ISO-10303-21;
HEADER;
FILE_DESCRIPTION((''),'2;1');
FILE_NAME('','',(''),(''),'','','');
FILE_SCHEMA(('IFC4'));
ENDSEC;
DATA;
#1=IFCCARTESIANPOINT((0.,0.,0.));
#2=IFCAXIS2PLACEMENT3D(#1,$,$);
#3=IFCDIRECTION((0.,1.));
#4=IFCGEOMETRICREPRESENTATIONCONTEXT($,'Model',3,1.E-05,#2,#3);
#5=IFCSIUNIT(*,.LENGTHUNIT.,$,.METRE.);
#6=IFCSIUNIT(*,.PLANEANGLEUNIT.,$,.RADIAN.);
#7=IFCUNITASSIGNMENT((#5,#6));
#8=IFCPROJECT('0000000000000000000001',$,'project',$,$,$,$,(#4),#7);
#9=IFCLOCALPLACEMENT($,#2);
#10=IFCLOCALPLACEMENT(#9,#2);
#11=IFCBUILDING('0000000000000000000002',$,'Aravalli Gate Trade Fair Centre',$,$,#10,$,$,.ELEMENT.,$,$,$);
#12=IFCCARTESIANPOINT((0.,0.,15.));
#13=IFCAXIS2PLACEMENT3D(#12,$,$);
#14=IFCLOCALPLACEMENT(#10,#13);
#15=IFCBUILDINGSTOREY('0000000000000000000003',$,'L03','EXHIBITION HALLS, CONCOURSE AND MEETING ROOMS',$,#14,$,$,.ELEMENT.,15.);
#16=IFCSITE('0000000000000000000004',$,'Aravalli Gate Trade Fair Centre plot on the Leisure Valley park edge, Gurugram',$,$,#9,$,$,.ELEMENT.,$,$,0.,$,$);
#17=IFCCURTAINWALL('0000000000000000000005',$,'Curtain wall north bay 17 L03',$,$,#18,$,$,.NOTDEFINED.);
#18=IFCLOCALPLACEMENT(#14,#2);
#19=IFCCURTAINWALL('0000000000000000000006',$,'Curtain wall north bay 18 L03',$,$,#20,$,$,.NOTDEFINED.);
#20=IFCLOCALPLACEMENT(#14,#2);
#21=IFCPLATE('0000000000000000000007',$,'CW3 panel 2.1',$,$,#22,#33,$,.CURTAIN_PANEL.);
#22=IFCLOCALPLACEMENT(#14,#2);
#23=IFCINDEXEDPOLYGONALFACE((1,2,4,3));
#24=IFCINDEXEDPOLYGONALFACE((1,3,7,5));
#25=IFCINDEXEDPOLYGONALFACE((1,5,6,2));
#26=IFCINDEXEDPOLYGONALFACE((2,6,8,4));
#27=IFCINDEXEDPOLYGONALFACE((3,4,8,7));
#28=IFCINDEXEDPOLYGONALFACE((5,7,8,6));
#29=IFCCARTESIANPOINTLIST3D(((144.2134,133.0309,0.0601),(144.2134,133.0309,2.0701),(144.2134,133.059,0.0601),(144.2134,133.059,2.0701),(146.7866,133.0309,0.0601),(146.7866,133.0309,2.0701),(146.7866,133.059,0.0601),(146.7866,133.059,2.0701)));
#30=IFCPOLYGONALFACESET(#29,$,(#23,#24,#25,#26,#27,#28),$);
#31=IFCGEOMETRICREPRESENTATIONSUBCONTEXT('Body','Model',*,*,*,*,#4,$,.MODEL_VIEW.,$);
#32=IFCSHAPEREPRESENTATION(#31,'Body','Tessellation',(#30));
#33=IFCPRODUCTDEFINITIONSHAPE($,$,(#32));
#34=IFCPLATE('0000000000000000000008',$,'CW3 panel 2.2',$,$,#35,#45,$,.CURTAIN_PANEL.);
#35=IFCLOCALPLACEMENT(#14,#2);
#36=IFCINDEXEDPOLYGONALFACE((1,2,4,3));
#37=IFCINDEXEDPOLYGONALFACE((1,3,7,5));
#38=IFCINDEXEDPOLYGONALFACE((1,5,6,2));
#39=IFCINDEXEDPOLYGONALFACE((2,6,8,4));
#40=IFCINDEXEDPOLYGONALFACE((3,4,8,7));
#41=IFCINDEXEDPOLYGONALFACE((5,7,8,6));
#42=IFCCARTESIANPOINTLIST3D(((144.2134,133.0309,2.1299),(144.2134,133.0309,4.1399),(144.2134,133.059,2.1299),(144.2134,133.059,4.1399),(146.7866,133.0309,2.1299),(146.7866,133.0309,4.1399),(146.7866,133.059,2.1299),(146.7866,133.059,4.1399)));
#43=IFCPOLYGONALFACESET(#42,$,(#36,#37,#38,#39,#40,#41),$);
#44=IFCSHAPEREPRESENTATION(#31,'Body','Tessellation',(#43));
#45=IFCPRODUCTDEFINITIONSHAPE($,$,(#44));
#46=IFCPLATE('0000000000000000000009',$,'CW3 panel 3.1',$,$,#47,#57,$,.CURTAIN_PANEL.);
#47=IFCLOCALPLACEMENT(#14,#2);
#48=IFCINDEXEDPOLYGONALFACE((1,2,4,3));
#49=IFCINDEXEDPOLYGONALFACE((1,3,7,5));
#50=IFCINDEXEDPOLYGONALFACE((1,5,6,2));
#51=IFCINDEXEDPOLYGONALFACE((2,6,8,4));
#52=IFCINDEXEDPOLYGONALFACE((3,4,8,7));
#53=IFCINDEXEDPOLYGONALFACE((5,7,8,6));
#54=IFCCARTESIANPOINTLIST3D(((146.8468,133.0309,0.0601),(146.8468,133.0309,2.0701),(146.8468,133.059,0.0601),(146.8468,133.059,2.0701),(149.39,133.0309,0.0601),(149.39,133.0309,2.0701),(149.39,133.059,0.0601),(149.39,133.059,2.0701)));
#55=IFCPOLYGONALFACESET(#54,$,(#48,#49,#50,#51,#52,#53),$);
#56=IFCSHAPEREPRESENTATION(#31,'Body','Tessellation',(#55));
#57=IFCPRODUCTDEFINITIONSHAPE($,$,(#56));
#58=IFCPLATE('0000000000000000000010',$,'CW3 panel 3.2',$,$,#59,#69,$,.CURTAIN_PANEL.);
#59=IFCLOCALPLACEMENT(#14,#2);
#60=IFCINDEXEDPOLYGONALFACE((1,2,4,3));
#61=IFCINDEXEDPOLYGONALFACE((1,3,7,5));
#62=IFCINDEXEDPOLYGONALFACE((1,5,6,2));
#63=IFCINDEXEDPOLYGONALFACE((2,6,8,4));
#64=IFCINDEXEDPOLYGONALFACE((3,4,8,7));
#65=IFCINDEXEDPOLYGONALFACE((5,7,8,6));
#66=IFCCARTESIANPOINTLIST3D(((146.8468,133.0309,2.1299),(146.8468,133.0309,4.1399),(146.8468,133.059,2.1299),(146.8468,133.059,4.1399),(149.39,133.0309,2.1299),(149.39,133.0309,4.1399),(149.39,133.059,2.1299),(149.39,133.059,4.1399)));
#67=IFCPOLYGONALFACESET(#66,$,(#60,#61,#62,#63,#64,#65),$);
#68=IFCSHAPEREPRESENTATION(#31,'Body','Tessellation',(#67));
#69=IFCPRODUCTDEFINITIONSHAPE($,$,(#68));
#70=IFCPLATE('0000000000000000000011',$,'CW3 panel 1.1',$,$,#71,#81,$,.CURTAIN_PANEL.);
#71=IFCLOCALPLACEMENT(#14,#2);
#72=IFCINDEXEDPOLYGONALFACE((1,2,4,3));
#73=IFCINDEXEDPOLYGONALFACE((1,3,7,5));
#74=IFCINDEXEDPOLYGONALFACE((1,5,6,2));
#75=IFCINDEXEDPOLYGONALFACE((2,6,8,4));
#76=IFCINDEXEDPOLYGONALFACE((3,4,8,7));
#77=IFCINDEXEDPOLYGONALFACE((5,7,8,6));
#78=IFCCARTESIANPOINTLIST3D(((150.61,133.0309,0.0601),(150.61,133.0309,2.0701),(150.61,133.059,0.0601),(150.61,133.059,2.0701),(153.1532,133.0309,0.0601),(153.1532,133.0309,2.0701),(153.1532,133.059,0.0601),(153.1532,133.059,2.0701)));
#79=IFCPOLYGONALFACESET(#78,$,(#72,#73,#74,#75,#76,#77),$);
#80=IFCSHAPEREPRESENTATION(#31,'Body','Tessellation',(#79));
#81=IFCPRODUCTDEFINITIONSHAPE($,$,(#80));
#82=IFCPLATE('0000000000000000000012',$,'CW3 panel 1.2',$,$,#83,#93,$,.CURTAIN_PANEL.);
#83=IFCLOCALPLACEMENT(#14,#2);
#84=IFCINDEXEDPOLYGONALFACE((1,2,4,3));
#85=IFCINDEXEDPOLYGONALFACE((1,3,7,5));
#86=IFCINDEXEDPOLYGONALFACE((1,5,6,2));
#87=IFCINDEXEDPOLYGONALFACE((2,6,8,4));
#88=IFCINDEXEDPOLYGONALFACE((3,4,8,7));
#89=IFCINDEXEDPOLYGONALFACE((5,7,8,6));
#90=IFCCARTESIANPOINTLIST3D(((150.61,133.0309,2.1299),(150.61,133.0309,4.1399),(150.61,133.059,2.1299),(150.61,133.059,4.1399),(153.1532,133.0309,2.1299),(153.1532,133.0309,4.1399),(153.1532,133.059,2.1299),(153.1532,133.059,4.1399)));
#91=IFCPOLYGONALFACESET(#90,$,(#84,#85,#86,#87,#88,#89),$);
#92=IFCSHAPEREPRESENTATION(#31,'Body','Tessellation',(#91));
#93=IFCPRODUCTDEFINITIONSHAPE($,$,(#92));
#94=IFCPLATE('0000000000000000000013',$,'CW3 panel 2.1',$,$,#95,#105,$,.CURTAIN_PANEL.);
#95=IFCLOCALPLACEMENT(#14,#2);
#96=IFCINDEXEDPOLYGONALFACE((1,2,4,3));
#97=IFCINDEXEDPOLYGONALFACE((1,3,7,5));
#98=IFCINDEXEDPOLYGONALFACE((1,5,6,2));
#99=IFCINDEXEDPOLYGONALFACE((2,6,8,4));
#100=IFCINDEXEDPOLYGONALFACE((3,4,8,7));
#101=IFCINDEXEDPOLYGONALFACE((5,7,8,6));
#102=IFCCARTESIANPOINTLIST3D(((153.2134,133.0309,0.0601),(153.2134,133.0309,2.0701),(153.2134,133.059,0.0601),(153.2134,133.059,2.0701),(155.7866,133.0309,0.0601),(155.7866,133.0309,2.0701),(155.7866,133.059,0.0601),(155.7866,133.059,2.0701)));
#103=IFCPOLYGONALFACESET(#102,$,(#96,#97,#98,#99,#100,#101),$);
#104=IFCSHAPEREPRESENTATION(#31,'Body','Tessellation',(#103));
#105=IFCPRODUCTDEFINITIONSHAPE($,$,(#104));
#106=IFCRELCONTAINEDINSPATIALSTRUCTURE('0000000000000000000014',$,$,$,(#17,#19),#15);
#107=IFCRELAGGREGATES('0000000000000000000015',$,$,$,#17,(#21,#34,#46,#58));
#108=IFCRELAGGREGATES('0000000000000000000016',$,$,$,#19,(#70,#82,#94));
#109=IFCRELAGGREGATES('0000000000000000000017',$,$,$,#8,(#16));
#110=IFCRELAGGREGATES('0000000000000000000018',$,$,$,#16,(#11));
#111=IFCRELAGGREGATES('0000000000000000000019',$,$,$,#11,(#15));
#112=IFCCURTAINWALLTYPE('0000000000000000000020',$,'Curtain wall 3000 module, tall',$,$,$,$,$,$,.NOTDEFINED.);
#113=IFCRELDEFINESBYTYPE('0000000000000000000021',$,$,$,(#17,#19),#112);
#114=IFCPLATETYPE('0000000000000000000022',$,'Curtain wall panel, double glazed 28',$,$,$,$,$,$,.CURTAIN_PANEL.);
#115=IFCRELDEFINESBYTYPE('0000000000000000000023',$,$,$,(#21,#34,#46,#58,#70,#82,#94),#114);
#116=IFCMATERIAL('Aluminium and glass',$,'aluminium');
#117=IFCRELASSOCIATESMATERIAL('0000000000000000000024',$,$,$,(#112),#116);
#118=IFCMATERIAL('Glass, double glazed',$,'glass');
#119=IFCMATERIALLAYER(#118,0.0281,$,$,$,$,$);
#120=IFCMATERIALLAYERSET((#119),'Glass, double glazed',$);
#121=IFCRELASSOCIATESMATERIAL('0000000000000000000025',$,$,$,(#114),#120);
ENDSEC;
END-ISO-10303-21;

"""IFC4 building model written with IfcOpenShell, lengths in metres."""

from ifc_helpers import new_model, si_unit, direction, frame, origin, origin_2d, place, context, subcontext, project, spatial, rectangle, extrude, material, layer, layer_set, type_object, element, aggregate, save


model = new_model("IFC4")

# Units and contexts
model_context = context("Model", 3, precision=1e-05, world=origin(), true_north=direction((0.0, 1.0)))
body_context = subcontext(model_context, "Body", "Model", "MODEL_VIEW")
ifc_project = project(units=[si_unit("LENGTHUNIT", "METRE"), si_unit("PLANEANGLEUNIT", "RADIAN")], contexts=[model_context])

# Site, building, storey
site_placement = place(None, origin())
site = spatial("IfcSite", under=ifc_project, at=site_placement, Name="Aravalli Gate Trade Fair Centre plot on the Leisure Valley park edge, Gurugram", CompositionType="ELEMENT", RefElevation=0.0)
building_placement = place(site_placement, origin())
building = spatial("IfcBuilding", under=site, at=building_placement, Name="Aravalli Gate Trade Fair Centre", CompositionType="ELEMENT")
storey_placement = place(building_placement, frame((0.0, 0.0, 15.0)))
storey = spatial("IfcBuildingStorey", under=building, at=storey_placement, Name="L03", Description="EXHIBITION HALLS, CONCOURSE AND MEETING ROOMS", CompositionType="ELEMENT", Elevation=15.0)

# Curtain walls
ifc_material_1 = material(Name="Aluminium and glass", Category="aluminium")
curtain_wall_type = type_object("IfcCurtainWallType", Name="Curtain wall 3000 module, tall", PredefinedType="NOTDEFINED", material=ifc_material_1)
curtain_wall_1_placement = place(storey_placement, origin())
curtain_wall_1 = element("IfcCurtainWall", 1, at=curtain_wall_1_placement, inside=storey, type_object=curtain_wall_type, Name="Curtain wall north bay 17 L03", PredefinedType="NOTDEFINED")
curtain_wall_2_placement = place(storey_placement, origin())
curtain_wall_2 = element("IfcCurtainWall", 2, at=curtain_wall_2_placement, inside=storey, type_object=curtain_wall_type, Name="Curtain wall north bay 18 L03", PredefinedType="NOTDEFINED")

# Plates
ifc_material_2 = material(Name="Glass, double glazed", Category="glass")
ifc_layer = layer(ifc_material_2, 0.0281)
ifc_layer_set = layer_set([ifc_layer], Name="Glass, double glazed")
plate_type = type_object("IfcPlateType", Name="Curtain wall panel, double glazed 28", PredefinedType="CURTAIN_PANEL", material=ifc_layer_set)
plate_1_placement = place(storey_placement, frame((145.5, 133.0449, 0.0601), z_axis=(0.0, 0.0, 1.0), x_axis=(1.0, 0.0, 0.0)))
plate_1 = element("IfcPlate", 3, at=plate_1_placement, type_object=plate_type, Name="CW3 panel 2.1", PredefinedType="CURTAIN_PANEL", context=body_context, shape_type="SweptSolid", body=[
    extrude(rectangle(XDim=2.5732, YDim=0.0281, at=origin_2d()), origin(), (0.0, 0.0, 1.0), 2.01),
])
plate_2_placement = place(storey_placement, frame((145.5, 133.0449, 2.1299), z_axis=(0.0, 0.0, 1.0), x_axis=(1.0, 0.0, 0.0)))
plate_2 = element("IfcPlate", 4, at=plate_2_placement, type_object=plate_type, Name="CW3 panel 2.2", PredefinedType="CURTAIN_PANEL", context=body_context, shape_type="SweptSolid", body=[
    extrude(rectangle(XDim=2.5732, YDim=0.0281, at=origin_2d()), origin(), (0.0, 0.0, 1.0), 2.01),
])
plate_3_placement = place(storey_placement, frame((148.1184, 133.0449, 0.0601), z_axis=(0.0, 0.0, 1.0), x_axis=(1.0, 0.0, 0.0)))
plate_3 = element("IfcPlate", 5, at=plate_3_placement, type_object=plate_type, Name="CW3 panel 3.1", PredefinedType="CURTAIN_PANEL", context=body_context, shape_type="SweptSolid", body=[
    extrude(rectangle(XDim=2.5432, YDim=0.0281, at=origin_2d()), origin(), (0.0, 0.0, 1.0), 2.01),
])
plate_4_placement = place(storey_placement, frame((148.1184, 133.0449, 2.1299), z_axis=(0.0, 0.0, 1.0), x_axis=(1.0, 0.0, 0.0)))
plate_4 = element("IfcPlate", 6, at=plate_4_placement, type_object=plate_type, Name="CW3 panel 3.2", PredefinedType="CURTAIN_PANEL", context=body_context, shape_type="SweptSolid", body=[
    extrude(rectangle(XDim=2.5432, YDim=0.0281, at=origin_2d()), origin(), (0.0, 0.0, 1.0), 2.01),
])
aggregate(curtain_wall_1, [plate_1, plate_2, plate_3, plate_4])
plate_5_placement = place(storey_placement, frame((151.8816, 133.0449, 0.0601), z_axis=(0.0, 0.0, 1.0), x_axis=(1.0, 0.0, 0.0)))
plate_5 = element("IfcPlate", 7, at=plate_5_placement, type_object=plate_type, Name="CW3 panel 1.1", PredefinedType="CURTAIN_PANEL", context=body_context, shape_type="SweptSolid", body=[
    extrude(rectangle(XDim=2.5432, YDim=0.0281, at=origin_2d()), origin(), (0.0, 0.0, 1.0), 2.01),
])
plate_6_placement = place(storey_placement, frame((151.8816, 133.0449, 2.1299), z_axis=(0.0, 0.0, 1.0), x_axis=(1.0, 0.0, 0.0)))
plate_6 = element("IfcPlate", 8, at=plate_6_placement, type_object=plate_type, Name="CW3 panel 1.2", PredefinedType="CURTAIN_PANEL", context=body_context, shape_type="SweptSolid", body=[
    extrude(rectangle(XDim=2.5432, YDim=0.0281, at=origin_2d()), origin(), (0.0, 0.0, 1.0), 2.01),
])
plate_7_placement = place(storey_placement, frame((154.5, 133.0449, 0.0601), z_axis=(0.0, 0.0, 1.0), x_axis=(1.0, 0.0, 0.0)))
plate_7 = element("IfcPlate", 9, at=plate_7_placement, type_object=plate_type, Name="CW3 panel 2.1", PredefinedType="CURTAIN_PANEL", context=body_context, shape_type="SweptSolid", body=[
    extrude(rectangle(XDim=2.5732, YDim=0.0281, at=origin_2d()), origin(), (0.0, 0.0, 1.0), 2.01),
])
aggregate(curtain_wall_2, [plate_5, plate_6, plate_7])

save(model, "model.ifc")
